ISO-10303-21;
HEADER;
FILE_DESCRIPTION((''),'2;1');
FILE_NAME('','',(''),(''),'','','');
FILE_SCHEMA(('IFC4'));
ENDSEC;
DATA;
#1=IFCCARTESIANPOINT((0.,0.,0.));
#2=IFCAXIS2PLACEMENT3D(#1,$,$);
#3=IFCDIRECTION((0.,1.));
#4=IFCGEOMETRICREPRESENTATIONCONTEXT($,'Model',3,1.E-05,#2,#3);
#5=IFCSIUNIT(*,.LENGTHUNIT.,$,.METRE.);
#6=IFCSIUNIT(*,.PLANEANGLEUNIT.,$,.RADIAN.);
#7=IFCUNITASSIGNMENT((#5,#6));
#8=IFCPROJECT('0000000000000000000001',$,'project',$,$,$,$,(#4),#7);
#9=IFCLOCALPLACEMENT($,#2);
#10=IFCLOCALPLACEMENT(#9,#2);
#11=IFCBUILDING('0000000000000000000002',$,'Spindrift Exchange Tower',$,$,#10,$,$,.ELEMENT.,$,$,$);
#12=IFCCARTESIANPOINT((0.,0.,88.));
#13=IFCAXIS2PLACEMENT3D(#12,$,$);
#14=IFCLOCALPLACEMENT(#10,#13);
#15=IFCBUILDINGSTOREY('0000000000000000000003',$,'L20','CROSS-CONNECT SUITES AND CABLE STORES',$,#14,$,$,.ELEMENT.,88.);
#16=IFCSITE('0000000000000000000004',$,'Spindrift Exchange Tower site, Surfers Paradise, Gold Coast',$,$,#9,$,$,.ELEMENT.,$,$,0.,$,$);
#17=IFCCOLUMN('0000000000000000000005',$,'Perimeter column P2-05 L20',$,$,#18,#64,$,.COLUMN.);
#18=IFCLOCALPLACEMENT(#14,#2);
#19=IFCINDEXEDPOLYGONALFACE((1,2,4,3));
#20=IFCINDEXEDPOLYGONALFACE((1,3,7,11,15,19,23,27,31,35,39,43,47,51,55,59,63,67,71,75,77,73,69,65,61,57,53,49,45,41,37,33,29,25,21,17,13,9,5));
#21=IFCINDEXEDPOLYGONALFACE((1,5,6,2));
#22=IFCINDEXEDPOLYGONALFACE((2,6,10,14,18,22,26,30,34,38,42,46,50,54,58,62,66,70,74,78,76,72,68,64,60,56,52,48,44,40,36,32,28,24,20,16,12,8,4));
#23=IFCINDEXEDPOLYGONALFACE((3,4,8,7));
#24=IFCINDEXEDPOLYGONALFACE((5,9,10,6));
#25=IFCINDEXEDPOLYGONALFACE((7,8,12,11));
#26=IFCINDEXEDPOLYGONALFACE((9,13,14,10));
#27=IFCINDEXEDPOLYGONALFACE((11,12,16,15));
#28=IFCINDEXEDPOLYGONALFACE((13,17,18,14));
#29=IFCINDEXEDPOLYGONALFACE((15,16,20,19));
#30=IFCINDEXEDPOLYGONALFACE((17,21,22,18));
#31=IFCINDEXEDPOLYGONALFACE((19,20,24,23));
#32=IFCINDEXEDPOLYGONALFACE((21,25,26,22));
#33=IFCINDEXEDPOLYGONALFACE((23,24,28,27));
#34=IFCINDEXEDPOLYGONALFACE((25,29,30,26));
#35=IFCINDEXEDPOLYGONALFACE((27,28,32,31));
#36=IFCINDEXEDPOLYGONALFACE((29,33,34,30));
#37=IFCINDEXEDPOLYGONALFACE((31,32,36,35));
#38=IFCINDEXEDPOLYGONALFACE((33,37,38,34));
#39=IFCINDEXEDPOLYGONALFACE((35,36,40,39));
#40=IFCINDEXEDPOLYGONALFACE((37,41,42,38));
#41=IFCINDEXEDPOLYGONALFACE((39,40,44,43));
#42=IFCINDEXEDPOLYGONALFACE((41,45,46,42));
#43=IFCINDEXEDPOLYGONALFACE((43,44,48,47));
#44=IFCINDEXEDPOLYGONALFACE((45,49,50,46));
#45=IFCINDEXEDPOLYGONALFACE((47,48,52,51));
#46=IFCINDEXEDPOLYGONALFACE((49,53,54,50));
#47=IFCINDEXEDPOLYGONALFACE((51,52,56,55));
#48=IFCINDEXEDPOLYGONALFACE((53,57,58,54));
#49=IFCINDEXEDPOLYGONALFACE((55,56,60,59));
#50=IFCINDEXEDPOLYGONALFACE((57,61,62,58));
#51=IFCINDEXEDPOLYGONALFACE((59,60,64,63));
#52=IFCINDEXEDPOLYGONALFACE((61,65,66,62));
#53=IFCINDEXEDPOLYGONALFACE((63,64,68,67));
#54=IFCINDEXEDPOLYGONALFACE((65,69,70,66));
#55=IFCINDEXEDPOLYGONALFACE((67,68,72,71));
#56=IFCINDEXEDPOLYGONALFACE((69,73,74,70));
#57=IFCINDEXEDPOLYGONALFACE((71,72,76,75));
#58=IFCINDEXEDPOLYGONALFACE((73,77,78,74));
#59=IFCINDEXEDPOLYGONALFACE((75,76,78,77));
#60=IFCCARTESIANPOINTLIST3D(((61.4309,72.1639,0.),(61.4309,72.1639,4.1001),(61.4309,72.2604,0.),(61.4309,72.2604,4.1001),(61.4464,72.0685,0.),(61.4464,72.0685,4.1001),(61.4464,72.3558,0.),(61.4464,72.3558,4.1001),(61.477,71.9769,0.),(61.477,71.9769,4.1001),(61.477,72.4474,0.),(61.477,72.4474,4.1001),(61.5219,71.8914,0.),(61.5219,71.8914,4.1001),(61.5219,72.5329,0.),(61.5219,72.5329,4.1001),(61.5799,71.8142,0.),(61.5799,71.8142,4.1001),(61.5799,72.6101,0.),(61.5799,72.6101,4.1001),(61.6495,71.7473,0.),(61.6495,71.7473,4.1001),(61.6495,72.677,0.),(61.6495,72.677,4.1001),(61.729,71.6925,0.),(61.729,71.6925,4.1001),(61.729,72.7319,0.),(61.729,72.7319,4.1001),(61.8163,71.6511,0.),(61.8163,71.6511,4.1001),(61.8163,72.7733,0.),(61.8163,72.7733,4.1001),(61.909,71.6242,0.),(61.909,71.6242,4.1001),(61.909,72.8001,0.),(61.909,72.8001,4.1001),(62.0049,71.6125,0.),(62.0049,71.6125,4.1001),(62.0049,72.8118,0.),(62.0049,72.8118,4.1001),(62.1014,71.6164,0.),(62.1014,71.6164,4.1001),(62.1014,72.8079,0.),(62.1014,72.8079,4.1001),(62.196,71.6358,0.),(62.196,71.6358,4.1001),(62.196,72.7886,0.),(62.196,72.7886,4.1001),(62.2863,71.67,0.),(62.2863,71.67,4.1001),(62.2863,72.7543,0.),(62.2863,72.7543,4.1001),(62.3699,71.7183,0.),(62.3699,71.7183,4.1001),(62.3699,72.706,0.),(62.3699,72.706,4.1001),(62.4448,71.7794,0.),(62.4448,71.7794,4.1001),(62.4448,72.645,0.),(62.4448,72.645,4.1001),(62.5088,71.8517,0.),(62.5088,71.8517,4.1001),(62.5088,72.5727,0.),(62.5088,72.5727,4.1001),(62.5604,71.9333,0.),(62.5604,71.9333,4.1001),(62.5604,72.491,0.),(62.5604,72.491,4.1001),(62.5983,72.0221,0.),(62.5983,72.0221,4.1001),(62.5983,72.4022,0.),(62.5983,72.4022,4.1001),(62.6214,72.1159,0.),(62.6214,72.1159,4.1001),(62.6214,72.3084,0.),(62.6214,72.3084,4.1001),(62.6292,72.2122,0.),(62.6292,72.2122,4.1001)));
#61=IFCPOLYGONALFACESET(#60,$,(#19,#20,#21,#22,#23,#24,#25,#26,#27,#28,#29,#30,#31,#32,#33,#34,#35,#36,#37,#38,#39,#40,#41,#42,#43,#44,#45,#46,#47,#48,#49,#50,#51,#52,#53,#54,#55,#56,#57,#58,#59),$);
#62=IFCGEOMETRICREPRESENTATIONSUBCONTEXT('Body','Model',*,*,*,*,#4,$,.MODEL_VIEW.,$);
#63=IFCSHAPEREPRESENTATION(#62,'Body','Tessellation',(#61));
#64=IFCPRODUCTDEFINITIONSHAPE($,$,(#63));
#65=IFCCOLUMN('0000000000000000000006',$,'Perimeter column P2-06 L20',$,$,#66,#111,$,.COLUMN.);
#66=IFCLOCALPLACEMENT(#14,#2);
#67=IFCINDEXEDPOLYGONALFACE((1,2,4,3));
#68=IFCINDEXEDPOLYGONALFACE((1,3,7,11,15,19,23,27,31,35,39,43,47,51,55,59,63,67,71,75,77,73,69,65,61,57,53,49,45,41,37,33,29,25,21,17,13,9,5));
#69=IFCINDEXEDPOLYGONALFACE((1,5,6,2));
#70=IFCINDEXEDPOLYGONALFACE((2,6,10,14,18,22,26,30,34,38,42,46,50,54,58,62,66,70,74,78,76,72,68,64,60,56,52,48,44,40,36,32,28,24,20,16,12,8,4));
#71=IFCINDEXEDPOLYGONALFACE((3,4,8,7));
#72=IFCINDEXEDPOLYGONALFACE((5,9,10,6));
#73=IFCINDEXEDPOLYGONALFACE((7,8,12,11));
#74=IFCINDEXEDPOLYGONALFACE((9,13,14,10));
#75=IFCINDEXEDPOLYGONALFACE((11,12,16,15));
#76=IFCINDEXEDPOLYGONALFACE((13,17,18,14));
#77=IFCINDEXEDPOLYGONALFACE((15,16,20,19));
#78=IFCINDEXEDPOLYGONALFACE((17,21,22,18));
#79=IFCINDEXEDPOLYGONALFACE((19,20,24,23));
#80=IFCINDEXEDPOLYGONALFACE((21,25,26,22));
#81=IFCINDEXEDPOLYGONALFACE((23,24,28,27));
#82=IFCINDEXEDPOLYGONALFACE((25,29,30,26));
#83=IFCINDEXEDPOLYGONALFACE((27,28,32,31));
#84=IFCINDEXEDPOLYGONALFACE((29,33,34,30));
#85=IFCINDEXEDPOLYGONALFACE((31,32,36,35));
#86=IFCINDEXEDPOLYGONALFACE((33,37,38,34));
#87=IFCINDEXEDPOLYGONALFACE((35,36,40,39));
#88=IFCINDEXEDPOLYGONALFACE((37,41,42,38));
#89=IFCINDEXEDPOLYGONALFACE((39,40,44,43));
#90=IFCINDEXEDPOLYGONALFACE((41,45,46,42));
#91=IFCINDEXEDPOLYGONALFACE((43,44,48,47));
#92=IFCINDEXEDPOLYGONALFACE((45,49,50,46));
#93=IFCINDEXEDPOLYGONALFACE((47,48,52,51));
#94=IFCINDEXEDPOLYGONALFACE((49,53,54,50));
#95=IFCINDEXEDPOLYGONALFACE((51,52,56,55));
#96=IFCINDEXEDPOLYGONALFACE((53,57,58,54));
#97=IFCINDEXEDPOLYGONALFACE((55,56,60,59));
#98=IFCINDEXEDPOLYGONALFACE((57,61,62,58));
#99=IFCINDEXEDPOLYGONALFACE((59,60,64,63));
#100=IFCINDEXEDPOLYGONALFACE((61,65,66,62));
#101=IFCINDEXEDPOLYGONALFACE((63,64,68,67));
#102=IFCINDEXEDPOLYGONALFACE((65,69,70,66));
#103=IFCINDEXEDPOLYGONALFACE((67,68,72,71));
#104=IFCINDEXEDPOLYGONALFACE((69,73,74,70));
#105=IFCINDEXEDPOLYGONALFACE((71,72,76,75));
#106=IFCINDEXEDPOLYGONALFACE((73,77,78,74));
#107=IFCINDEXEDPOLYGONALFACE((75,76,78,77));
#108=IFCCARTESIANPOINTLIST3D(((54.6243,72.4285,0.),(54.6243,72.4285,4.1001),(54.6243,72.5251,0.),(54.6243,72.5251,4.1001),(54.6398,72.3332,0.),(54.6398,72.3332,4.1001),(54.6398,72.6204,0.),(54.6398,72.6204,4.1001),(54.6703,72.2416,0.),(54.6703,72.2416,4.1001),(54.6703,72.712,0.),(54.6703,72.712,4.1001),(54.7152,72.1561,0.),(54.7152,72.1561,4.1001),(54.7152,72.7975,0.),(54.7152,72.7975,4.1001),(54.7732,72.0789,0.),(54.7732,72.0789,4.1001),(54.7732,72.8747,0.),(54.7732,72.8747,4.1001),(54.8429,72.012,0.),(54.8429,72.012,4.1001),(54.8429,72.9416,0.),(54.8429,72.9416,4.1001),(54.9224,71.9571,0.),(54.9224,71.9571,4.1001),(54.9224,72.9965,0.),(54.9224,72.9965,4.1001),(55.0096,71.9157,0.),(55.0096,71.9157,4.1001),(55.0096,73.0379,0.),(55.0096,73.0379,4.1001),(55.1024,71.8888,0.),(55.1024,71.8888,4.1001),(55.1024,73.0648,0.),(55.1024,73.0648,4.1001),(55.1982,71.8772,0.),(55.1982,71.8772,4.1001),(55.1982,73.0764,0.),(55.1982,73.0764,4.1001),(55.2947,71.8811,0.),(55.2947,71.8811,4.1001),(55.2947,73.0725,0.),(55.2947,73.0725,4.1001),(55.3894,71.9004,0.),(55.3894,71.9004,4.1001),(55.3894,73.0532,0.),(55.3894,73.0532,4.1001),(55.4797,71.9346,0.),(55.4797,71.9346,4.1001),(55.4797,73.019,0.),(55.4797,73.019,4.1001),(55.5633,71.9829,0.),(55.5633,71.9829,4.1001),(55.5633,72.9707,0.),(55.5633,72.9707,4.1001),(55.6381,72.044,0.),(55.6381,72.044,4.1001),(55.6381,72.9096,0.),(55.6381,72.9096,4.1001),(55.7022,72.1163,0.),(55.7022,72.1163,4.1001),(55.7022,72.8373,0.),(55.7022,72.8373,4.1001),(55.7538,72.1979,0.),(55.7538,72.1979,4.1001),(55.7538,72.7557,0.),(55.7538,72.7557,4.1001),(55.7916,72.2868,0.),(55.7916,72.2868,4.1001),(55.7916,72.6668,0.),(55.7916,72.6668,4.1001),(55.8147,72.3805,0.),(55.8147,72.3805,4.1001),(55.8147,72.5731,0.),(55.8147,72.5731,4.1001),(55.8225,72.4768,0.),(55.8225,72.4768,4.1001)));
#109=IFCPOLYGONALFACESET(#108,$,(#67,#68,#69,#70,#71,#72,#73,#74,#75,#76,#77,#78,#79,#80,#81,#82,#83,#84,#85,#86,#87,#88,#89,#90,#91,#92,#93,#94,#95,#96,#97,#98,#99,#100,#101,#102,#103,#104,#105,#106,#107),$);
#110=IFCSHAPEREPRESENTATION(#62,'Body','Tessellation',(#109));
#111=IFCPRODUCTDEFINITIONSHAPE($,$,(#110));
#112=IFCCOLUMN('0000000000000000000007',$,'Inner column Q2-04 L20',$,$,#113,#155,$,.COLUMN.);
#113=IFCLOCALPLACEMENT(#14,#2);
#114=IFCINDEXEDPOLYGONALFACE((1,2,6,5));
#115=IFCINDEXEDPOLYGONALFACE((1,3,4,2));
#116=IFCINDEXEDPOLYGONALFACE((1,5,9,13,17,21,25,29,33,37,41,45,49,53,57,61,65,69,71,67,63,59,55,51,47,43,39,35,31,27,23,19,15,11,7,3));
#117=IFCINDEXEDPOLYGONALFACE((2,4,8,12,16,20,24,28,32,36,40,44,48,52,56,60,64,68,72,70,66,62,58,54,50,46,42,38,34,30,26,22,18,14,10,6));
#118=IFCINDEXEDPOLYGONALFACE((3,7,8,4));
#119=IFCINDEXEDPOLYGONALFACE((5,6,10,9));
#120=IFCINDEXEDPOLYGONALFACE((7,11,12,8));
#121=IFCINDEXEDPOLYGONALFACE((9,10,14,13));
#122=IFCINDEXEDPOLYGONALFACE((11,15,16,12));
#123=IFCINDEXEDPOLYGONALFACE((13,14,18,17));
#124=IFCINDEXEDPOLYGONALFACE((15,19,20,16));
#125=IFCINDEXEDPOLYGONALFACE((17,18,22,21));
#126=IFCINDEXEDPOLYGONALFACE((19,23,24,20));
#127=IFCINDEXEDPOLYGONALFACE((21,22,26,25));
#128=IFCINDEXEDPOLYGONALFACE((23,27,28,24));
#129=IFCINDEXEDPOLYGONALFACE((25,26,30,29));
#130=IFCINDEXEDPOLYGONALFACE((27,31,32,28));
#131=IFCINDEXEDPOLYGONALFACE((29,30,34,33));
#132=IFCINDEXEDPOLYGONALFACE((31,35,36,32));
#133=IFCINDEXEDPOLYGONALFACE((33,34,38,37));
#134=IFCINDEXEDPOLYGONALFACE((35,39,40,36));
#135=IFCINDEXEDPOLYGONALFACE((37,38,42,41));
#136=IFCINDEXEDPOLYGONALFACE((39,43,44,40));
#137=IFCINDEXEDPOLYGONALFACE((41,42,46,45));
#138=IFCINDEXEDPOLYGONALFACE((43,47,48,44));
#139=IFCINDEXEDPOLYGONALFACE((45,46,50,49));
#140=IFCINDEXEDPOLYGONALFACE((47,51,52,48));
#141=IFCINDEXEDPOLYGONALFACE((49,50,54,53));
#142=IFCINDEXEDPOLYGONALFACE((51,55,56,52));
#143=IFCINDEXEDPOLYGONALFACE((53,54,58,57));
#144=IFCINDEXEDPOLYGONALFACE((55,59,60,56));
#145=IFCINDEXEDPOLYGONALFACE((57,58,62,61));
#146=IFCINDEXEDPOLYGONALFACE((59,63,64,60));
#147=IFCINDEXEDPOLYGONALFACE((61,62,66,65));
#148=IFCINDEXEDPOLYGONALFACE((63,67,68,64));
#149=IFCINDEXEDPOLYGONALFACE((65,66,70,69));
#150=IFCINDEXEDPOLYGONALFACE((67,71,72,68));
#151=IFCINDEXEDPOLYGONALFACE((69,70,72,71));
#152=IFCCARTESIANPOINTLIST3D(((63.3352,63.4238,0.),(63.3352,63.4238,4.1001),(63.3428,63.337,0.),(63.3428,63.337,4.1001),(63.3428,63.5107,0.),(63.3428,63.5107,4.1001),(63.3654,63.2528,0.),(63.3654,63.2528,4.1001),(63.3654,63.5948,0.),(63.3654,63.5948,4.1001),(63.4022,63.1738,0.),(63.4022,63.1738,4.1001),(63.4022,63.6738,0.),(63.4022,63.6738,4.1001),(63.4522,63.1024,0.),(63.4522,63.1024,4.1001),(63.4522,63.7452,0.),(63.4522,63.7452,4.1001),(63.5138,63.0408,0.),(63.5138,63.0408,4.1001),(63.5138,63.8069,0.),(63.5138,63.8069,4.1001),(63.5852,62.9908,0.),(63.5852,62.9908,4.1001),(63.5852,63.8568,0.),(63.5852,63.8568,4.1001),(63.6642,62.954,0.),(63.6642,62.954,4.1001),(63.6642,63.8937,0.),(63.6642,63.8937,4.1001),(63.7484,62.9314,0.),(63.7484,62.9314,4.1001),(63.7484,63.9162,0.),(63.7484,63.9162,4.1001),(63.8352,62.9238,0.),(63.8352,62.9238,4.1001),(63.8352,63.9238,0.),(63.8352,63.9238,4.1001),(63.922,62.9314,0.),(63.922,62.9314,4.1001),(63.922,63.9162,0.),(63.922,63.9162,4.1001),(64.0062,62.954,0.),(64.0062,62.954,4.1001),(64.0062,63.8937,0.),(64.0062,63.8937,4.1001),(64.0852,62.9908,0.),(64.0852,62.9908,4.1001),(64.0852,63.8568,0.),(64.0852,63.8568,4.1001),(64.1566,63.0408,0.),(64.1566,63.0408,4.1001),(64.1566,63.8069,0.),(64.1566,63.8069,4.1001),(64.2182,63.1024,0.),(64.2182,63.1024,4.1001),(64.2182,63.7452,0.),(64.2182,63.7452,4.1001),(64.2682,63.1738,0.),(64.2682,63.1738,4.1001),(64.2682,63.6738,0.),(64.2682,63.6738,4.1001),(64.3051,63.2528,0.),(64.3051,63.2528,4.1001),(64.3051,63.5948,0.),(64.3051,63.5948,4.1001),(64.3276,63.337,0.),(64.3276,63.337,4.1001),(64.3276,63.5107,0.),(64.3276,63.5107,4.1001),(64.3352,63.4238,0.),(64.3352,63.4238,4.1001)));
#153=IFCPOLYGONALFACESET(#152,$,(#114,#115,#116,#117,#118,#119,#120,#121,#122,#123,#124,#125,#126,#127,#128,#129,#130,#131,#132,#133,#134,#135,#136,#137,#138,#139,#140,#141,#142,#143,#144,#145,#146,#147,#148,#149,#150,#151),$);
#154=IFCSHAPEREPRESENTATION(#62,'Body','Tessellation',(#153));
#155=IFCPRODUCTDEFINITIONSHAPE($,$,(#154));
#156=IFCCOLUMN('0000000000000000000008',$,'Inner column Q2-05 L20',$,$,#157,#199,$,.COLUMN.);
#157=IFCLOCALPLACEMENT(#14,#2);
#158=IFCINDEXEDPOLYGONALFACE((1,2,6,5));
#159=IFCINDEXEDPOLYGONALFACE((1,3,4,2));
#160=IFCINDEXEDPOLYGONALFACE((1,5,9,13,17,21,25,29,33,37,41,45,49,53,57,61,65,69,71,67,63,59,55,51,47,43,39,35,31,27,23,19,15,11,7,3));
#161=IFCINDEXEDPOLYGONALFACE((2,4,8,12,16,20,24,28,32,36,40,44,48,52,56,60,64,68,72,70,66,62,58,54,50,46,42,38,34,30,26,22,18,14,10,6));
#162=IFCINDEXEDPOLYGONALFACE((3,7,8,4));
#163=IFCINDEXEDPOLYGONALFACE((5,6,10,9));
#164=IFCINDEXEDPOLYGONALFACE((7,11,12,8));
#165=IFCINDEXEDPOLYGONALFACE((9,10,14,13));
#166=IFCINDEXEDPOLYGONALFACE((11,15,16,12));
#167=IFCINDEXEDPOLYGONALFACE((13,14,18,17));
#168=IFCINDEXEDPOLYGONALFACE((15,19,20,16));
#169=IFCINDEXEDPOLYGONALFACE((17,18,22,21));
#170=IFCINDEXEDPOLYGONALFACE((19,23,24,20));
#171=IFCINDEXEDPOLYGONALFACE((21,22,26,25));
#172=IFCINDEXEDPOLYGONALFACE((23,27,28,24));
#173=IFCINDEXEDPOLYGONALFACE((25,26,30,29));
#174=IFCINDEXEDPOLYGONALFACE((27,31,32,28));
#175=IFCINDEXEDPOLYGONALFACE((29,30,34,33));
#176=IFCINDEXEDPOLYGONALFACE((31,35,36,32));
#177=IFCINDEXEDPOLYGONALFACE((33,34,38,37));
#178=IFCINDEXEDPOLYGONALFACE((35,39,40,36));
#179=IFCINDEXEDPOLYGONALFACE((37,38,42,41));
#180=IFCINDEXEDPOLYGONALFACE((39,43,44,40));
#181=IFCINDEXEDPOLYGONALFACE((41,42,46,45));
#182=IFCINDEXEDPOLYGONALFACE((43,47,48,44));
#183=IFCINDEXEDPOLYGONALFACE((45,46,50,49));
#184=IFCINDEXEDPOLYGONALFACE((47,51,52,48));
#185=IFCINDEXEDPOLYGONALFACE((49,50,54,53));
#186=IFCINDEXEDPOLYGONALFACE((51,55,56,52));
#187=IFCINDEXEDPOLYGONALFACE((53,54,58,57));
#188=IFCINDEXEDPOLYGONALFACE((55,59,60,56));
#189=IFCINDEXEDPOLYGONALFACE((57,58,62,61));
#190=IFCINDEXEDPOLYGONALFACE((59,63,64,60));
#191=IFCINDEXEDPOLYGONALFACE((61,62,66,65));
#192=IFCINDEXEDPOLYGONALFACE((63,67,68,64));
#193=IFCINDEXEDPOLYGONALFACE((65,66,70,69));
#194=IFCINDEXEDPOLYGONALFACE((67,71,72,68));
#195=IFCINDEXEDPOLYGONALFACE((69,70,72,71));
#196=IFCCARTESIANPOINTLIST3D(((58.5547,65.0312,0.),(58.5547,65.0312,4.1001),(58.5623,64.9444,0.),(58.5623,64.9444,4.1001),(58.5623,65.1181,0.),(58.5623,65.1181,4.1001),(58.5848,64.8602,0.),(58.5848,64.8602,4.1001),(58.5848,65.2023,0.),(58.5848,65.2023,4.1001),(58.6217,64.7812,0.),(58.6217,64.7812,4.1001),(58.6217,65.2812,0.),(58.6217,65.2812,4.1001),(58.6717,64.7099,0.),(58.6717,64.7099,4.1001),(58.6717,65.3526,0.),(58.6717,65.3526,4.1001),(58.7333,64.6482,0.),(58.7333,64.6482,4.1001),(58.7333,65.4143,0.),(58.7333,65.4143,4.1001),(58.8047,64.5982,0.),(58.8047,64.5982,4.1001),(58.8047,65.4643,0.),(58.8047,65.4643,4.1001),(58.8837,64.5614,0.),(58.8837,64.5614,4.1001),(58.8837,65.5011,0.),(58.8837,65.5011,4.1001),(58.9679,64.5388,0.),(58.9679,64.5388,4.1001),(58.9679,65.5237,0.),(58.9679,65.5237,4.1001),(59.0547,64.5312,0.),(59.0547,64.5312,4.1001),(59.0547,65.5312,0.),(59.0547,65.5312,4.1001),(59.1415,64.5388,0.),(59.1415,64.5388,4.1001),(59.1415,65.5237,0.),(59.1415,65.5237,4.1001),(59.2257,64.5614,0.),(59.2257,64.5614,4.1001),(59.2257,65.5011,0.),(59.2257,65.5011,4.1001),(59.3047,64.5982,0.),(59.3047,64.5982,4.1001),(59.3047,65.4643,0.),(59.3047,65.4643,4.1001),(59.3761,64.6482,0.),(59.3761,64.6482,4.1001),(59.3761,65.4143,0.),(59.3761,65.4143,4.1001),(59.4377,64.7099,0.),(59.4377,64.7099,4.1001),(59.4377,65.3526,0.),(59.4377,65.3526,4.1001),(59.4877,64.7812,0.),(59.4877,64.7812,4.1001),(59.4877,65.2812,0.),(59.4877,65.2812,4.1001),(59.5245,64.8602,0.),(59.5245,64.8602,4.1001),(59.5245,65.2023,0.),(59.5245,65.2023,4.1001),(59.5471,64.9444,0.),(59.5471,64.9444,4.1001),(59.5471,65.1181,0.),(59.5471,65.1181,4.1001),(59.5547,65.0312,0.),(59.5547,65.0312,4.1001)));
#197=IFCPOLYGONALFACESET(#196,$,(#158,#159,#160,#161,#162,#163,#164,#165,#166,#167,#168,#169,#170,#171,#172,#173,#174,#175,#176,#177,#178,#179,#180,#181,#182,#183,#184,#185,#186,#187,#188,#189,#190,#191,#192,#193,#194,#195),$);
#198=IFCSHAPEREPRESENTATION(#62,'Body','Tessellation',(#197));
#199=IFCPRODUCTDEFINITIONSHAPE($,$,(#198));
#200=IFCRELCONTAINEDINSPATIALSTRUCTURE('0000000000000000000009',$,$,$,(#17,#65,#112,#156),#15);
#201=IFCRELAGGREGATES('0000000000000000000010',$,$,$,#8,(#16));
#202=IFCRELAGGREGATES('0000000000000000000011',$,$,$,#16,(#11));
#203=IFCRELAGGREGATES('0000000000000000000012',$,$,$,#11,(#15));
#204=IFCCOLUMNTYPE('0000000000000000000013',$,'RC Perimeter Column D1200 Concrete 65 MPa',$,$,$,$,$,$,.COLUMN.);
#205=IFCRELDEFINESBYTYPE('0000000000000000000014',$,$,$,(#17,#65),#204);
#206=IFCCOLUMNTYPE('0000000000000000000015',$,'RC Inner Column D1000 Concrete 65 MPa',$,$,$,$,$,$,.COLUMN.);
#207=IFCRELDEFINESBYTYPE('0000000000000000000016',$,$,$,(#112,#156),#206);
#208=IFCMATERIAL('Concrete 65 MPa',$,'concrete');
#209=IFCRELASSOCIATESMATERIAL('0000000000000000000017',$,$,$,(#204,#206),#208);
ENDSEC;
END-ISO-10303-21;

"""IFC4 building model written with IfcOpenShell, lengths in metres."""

from ifc_helpers import new_model, si_unit, direction, frame, origin, origin_2d, place, context, subcontext, project, spatial, circle, extrude, source, transform, mapped, material, material_profile, profile_set, type_object, element, save


model = new_model("IFC4")

# Units and contexts
model_context = context("Model", 3, precision=1e-05, world=origin(), true_north=direction((0.0, 1.0)))
body_context = subcontext(model_context, "Body", "Model", "MODEL_VIEW")
ifc_project = project(units=[si_unit("LENGTHUNIT", "METRE"), si_unit("PLANEANGLEUNIT", "RADIAN")], contexts=[model_context])

# Site, building, storey
site_placement = place(None, origin())
site = spatial("IfcSite", under=ifc_project, at=site_placement, Name="Spindrift Exchange Tower site, Surfers Paradise, Gold Coast", CompositionType="ELEMENT", RefElevation=0.0)
building_placement = place(site_placement, origin())
building = spatial("IfcBuilding", under=site, at=building_placement, Name="Spindrift Exchange Tower", CompositionType="ELEMENT")
storey_placement = place(building_placement, frame((0.0, 0.0, 88.0)))
storey = spatial("IfcBuildingStorey", under=building, at=storey_placement, Name="L20", Description="CROSS-CONNECT SUITES AND CABLE STORES", CompositionType="ELEMENT", Elevation=88.0)

# Columns
ifc_material_1 = material(Name="Concrete 65 MPa", Category="concrete")
ifc_material_profile_1 = material_profile(ifc_material_1, circle(Radius=0.6001, at=origin_2d()), Name="RC D1200")
ifc_profile_set_1 = profile_set([ifc_material_profile_1], Name="Concrete 65 MPa")
column_type_1 = type_object("IfcColumnType", Name="RC Perimeter Column D1200 Concrete 65 MPa", PredefinedType="COLUMN", material=ifc_profile_set_1)
shared_shape_1 = source(origin(), body_context, "Body", "SweptSolid", [
    extrude(circle(Radius=0.6001, at=origin_2d()), origin(), (0.0, 0.0, 1.0), 4.1001),
])
for number, where, z_axis, x_axis, name in (
    (1, (62.0291, 72.2122, 0.0), (0.0, 0.0, 1.0), (1.0, 0.0, 0.0), "Perimeter column P2-05 L20"),
    (2, (55.2224, 72.4768, 0.0), (0.0, 0.0, 1.0), (1.0, 0.0, 0.0), "Perimeter column P2-06 L20"),
):
    element("IfcColumn", number, at=place(storey_placement, frame(where, z_axis=z_axis, x_axis=x_axis)), inside=storey, type_object=column_type_1, Name=name, PredefinedType="COLUMN", context=body_context, shape_type="MappedRepresentation", body=[
        mapped(shared_shape_1, transform((0.0, 0.0, 0.0), scale=1.0)),
    ])
ifc_material_profile_2 = material_profile(ifc_material_1, circle(Radius=0.5, at=origin_2d()), Name="RC D1000")
ifc_profile_set_2 = profile_set([ifc_material_profile_2], Name="Concrete 65 MPa")
column_type_2 = type_object("IfcColumnType", Name="RC Inner Column D1000 Concrete 65 MPa", PredefinedType="COLUMN", material=ifc_profile_set_2)
shared_shape_2 = source(origin(), body_context, "Body", "SweptSolid", [
    extrude(circle(Radius=0.5, at=origin_2d()), origin(), (0.0, 0.0, 1.0), 4.1001),
])
for number, where, z_axis, x_axis, name in (
    (3, (63.8352, 63.4238, 0.0), (0.0, 0.0, 1.0), (1.0, 0.0, 0.0), "Inner column Q2-04 L20"),
    (4, (59.0547, 65.0312, 0.0), (0.0, 0.0, 1.0), (1.0, 0.0, 0.0), "Inner column Q2-05 L20"),
):
    element("IfcColumn", number, at=place(storey_placement, frame(where, z_axis=z_axis, x_axis=x_axis)), inside=storey, type_object=column_type_2, Name=name, PredefinedType="COLUMN", context=body_context, shape_type="MappedRepresentation", body=[
        mapped(shared_shape_2, transform((0.0, 0.0, 0.0), scale=1.0)),
    ])

save(model, "model.ifc")
